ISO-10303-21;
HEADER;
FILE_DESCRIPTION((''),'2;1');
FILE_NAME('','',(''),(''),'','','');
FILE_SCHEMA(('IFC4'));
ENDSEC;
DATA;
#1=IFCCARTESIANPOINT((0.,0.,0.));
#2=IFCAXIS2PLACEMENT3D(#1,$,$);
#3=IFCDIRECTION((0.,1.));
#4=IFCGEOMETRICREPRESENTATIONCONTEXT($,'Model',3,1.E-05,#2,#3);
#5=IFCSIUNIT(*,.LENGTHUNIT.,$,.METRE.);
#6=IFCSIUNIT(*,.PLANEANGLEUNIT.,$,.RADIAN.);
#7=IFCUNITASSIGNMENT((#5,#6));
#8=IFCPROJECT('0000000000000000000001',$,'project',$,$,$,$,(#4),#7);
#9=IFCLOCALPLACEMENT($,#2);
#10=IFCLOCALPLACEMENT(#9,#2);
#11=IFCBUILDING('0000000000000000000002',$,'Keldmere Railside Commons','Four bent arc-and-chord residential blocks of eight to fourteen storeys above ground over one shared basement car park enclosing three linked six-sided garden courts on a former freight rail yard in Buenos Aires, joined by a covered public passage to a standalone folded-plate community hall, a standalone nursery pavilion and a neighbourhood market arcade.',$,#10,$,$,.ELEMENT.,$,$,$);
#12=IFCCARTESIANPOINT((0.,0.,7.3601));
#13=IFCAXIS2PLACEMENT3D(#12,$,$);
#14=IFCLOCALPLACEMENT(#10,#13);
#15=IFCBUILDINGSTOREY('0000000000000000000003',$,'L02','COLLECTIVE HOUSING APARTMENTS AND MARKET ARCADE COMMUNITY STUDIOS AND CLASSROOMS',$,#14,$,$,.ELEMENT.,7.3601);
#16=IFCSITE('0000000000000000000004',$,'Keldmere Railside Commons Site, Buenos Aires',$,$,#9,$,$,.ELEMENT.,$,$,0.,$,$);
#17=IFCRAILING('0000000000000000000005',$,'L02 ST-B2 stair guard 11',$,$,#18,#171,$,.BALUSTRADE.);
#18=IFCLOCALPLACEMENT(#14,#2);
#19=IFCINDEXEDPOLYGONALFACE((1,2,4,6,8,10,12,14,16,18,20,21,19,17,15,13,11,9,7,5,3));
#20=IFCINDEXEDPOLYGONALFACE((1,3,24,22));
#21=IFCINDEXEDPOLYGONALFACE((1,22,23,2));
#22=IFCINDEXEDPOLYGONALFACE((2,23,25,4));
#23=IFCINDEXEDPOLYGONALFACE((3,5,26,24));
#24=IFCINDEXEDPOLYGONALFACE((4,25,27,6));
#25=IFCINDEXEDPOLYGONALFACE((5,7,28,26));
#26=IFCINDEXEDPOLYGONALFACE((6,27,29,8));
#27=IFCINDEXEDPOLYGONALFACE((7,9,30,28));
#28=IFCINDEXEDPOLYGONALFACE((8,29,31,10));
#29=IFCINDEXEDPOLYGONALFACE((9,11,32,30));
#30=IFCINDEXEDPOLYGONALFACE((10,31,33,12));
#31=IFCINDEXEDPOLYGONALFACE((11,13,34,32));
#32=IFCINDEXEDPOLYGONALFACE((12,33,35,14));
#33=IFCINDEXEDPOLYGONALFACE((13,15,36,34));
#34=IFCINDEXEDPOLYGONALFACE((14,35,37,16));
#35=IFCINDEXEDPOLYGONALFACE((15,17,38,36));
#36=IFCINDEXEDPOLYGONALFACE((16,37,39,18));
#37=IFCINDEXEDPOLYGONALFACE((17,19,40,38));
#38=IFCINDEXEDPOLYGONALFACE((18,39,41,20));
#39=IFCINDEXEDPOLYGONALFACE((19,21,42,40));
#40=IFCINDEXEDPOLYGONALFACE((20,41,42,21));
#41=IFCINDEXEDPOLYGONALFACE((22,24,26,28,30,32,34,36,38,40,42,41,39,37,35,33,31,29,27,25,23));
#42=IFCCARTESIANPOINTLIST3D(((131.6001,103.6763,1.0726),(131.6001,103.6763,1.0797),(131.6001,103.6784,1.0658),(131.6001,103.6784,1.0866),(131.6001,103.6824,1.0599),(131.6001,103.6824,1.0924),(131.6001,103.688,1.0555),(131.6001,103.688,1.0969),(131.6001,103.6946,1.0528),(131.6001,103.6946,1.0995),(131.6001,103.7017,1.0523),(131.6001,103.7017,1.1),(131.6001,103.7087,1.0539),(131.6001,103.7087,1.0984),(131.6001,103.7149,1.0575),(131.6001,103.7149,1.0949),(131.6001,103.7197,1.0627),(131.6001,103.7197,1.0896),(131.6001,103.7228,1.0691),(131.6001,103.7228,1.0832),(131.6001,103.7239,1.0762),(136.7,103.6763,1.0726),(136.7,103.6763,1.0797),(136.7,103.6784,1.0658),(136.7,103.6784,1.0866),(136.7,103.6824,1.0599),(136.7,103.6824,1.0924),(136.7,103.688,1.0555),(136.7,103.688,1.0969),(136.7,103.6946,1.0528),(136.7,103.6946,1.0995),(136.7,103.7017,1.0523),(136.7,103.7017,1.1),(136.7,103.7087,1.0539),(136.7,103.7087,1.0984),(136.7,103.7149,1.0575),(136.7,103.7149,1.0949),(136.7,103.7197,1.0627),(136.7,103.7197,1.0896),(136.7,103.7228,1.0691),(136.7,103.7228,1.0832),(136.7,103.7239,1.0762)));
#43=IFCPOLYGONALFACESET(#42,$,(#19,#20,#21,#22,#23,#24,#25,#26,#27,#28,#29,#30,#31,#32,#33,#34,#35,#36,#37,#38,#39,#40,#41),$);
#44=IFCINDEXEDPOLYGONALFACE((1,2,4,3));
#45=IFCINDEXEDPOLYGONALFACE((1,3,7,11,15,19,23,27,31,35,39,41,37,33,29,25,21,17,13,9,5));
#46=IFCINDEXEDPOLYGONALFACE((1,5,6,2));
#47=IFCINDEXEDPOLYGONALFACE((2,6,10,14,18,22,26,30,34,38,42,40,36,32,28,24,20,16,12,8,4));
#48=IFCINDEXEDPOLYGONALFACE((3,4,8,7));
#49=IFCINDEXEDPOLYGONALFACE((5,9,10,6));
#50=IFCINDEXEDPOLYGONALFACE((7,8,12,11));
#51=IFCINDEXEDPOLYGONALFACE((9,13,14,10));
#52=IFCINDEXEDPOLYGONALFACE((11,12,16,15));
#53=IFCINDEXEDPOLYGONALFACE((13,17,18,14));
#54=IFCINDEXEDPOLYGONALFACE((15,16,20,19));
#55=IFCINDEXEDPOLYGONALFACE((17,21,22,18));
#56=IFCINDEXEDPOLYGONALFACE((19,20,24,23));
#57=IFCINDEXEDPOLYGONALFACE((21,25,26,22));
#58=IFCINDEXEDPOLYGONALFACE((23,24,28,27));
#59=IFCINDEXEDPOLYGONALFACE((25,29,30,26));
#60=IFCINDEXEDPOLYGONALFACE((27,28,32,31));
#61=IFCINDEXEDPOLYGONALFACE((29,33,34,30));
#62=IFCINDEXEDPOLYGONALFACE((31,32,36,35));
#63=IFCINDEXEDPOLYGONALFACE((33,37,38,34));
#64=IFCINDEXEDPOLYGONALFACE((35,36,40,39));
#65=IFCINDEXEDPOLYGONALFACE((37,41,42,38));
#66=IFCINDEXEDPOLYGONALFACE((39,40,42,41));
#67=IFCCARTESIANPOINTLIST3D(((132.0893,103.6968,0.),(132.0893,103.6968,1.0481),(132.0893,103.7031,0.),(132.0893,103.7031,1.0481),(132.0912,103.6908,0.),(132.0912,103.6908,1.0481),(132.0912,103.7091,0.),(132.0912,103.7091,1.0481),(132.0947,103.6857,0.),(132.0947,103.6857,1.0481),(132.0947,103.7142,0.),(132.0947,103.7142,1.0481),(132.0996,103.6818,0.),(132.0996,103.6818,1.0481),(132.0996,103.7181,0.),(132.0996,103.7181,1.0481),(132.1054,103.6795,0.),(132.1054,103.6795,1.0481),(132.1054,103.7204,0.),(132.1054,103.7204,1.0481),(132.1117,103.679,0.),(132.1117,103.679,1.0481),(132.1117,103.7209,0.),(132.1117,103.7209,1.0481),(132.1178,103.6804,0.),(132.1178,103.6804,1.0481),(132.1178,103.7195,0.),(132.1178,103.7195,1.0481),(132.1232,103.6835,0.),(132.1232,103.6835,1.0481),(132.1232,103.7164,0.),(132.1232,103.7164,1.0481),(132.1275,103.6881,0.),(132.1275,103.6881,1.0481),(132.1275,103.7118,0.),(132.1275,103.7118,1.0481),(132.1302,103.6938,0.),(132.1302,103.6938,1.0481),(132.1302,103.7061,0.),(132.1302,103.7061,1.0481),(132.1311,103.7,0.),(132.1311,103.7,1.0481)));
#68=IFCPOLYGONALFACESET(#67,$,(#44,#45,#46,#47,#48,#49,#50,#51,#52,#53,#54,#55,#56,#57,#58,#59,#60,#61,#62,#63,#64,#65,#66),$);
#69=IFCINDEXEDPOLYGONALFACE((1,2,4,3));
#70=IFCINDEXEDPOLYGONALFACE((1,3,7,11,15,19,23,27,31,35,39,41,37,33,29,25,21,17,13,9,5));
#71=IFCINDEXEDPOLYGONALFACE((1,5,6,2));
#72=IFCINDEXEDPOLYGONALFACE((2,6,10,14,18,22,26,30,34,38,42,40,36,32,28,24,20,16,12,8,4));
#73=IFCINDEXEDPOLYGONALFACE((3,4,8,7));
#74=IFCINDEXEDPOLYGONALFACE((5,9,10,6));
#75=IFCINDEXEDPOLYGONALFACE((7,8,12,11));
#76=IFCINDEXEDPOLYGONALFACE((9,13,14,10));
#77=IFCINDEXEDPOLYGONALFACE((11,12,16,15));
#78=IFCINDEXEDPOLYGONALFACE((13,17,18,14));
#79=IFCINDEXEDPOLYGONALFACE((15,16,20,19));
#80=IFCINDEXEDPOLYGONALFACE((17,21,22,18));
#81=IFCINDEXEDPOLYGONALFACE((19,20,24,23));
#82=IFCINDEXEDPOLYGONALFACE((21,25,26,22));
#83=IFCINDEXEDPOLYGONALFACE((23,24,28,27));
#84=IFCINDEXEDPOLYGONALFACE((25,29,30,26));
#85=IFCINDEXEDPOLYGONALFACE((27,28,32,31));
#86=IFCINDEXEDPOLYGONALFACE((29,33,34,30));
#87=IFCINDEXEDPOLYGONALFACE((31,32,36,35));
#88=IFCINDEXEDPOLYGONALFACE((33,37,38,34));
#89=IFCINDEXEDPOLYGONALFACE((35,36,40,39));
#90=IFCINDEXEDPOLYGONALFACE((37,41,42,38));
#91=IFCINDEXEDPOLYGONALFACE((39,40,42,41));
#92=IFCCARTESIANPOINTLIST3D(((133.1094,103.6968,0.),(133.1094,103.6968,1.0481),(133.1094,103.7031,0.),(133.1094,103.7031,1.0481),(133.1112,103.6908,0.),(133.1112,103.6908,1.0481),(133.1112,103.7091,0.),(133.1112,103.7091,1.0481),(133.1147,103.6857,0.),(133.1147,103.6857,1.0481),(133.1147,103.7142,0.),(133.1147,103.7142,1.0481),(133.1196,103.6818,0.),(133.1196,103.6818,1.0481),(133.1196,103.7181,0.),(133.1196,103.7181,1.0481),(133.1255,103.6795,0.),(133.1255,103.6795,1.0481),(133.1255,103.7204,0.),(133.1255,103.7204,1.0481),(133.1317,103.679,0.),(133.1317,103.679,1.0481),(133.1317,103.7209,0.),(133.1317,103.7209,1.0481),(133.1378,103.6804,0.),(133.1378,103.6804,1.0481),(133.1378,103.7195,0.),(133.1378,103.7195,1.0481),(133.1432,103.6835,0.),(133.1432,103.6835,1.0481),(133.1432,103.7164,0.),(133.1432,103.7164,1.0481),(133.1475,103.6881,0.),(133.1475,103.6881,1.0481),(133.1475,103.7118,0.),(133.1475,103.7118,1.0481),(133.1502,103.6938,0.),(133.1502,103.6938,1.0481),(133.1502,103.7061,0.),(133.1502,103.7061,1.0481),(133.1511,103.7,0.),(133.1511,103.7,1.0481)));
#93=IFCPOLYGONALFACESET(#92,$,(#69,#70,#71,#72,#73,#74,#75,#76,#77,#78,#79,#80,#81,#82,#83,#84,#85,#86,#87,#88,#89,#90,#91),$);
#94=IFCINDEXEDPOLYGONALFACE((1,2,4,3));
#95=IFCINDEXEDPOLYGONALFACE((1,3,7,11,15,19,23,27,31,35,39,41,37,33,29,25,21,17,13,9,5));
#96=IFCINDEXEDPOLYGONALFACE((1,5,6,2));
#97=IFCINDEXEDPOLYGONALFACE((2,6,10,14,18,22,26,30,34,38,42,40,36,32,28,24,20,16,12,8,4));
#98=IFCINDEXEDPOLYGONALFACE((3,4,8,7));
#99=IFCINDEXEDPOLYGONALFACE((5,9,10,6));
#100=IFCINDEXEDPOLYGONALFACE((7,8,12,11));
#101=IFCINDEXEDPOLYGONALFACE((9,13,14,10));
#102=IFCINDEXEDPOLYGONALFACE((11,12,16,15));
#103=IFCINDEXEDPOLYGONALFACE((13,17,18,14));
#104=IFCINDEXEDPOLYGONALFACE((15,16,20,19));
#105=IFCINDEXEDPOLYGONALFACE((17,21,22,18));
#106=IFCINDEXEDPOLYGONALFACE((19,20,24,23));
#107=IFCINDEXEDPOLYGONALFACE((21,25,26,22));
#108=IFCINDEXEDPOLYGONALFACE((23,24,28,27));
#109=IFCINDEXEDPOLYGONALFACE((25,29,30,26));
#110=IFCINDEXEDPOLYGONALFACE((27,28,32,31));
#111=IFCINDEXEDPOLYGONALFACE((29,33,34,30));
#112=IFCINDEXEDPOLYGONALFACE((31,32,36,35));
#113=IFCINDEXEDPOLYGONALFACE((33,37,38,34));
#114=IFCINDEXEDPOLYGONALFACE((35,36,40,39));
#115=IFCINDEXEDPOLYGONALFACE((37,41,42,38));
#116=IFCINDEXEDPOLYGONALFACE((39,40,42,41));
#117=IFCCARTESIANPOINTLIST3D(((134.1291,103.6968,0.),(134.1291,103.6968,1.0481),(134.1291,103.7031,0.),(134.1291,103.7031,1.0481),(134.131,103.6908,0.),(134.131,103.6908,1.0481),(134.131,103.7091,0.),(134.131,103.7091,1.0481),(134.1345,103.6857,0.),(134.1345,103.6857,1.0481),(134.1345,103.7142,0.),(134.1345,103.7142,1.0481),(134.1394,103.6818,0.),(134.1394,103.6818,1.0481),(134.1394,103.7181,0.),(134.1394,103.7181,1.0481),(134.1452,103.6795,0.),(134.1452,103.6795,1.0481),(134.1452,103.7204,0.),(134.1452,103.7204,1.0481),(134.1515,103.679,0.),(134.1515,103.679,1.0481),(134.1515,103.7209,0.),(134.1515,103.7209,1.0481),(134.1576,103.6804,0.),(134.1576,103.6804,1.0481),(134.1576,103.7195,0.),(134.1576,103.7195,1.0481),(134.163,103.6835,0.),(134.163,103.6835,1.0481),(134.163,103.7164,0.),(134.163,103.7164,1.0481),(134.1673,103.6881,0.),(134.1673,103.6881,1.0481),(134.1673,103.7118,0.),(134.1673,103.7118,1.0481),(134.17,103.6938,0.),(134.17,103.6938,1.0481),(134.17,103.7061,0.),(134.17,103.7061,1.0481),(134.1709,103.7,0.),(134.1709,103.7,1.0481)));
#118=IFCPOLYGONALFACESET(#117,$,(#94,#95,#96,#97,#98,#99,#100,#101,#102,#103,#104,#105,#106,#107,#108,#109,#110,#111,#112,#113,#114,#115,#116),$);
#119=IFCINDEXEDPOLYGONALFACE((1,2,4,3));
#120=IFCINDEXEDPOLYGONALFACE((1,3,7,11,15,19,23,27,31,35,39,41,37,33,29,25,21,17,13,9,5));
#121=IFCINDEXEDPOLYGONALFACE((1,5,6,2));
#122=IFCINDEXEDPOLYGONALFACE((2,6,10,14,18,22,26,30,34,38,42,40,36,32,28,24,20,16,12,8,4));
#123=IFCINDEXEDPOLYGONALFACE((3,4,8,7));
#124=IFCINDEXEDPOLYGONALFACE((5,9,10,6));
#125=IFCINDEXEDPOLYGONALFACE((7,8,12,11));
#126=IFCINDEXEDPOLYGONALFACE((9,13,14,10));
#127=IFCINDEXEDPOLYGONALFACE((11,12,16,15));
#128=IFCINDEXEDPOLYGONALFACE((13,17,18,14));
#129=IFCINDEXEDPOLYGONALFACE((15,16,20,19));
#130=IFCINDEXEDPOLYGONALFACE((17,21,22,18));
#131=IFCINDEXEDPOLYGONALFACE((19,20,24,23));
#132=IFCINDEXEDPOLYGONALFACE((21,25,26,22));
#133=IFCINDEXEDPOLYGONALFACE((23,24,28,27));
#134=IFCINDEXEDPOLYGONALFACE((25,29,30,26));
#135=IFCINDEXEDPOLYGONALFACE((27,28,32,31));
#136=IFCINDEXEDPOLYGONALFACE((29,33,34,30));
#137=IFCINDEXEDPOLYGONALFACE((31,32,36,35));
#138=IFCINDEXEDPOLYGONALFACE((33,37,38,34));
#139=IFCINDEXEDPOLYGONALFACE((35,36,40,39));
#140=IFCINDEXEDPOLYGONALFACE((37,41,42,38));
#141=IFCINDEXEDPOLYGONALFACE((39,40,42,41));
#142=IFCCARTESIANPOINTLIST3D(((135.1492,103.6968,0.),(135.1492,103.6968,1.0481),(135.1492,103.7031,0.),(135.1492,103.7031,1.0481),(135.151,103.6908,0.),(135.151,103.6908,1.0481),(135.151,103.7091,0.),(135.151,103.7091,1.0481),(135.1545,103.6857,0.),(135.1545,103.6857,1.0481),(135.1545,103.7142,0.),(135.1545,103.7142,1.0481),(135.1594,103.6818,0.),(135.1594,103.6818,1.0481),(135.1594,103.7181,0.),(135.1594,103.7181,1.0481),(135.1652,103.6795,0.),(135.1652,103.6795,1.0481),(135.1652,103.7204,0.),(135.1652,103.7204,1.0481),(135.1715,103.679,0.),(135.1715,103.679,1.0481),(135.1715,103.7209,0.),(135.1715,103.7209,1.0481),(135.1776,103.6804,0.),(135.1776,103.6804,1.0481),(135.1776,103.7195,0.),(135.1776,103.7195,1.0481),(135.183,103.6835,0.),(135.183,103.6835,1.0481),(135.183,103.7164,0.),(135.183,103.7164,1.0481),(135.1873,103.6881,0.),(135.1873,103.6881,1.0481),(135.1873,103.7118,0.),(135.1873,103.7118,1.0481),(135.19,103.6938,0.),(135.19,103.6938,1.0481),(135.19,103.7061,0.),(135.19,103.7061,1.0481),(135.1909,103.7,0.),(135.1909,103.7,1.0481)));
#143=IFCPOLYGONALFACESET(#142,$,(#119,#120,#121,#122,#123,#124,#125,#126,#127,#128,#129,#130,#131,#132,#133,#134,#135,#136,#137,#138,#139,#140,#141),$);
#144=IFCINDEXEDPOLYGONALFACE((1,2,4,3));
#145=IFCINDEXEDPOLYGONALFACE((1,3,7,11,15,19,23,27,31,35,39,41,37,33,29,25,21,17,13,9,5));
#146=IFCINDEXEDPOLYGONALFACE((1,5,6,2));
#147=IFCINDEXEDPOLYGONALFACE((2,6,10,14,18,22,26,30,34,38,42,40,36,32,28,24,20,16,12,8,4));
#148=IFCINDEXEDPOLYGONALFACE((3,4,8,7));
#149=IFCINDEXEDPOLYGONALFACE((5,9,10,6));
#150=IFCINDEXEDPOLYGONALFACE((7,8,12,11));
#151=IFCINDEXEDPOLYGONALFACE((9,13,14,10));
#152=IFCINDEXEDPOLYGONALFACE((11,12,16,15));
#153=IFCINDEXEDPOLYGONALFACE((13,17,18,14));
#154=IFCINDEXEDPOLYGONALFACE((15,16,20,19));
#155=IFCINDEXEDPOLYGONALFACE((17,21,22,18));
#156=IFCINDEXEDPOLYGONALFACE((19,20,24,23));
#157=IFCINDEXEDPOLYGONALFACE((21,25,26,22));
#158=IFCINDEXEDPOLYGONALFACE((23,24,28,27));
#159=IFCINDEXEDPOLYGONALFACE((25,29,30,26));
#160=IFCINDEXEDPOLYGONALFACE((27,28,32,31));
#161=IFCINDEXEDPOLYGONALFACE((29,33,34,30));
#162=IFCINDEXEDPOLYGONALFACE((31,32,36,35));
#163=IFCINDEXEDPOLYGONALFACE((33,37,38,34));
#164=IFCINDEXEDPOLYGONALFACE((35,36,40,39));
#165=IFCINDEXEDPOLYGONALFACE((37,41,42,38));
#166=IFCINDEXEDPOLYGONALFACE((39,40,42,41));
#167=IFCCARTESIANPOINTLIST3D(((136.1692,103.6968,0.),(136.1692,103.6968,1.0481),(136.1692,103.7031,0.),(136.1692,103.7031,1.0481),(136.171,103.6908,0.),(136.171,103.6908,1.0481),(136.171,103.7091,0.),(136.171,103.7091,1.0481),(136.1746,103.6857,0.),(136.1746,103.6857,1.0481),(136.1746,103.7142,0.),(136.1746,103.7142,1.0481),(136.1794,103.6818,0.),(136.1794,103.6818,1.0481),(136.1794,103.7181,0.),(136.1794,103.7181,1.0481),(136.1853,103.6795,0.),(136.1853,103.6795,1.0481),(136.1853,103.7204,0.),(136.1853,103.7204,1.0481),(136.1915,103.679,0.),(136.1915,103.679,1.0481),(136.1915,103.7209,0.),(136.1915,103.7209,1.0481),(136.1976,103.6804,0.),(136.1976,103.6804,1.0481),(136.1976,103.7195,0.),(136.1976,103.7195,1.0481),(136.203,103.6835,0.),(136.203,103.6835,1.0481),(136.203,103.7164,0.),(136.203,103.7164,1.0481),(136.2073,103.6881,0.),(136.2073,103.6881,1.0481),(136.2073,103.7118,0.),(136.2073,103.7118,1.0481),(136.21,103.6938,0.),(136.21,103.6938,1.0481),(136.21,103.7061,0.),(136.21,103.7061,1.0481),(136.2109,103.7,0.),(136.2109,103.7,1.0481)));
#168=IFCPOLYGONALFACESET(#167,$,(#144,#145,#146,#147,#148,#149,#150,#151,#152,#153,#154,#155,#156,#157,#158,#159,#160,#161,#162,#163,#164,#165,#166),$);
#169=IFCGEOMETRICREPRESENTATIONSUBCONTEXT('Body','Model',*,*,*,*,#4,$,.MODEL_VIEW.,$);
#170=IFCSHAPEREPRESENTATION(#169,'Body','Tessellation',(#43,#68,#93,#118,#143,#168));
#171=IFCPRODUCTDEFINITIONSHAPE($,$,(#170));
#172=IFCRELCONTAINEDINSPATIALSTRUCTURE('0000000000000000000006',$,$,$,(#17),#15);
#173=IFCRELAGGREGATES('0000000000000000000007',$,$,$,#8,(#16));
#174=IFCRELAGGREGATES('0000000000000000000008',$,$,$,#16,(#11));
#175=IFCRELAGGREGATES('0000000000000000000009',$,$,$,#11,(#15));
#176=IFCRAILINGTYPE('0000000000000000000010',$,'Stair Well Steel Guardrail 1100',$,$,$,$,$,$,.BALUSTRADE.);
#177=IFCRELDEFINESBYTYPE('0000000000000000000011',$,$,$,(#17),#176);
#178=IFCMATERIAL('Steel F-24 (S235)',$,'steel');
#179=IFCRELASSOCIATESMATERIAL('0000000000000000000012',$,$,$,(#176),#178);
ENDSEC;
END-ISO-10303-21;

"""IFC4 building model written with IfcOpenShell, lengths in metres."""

from ifc_helpers import new_model, si_unit, direction, frame, origin, origin_2d, place, context, subcontext, project, spatial, circle, extrude, material, type_object, element, save


model = new_model("IFC4")

# Units and contexts
model_context = context("Model", 3, precision=1e-05, world=origin(), true_north=direction((0.0, 1.0)))
body_context = subcontext(model_context, "Body", "Model", "MODEL_VIEW")
ifc_project = project(units=[si_unit("LENGTHUNIT", "METRE"), si_unit("PLANEANGLEUNIT", "RADIAN")], contexts=[model_context])

# Site, building, storey
site_placement = place(None, origin())
site = spatial("IfcSite", under=ifc_project, at=site_placement, Name="Keldmere Railside Commons Site, Buenos Aires", CompositionType="ELEMENT", RefElevation=0.0)
building_placement = place(site_placement, origin())
building = spatial("IfcBuilding", under=site, at=building_placement, Name="Keldmere Railside Commons", Description="Four bent arc-and-chord residential blocks of eight to fourteen storeys above ground over one shared basement car park enclosing three linked six-sided garden courts on a former freight rail yard in Buenos Aires, joined by a covered public passage to a standalone folded-plate community hall, a standalone nursery pavilion and a neighbourhood market arcade.", CompositionType="ELEMENT")
storey_placement = place(building_placement, frame((0.0, 0.0, 7.3601)))
storey = spatial("IfcBuildingStorey", under=building, at=storey_placement, Name="L02", Description="COLLECTIVE HOUSING APARTMENTS AND MARKET ARCADE COMMUNITY STUDIOS AND CLASSROOMS", CompositionType="ELEMENT", Elevation=7.3601)

# Railing
ifc_material_1 = material(Name="Steel F-24 (S235)", Category="steel")
railing_type = type_object("IfcRailingType", Name="Stair Well Steel Guardrail 1100", PredefinedType="BALUSTRADE", material=ifc_material_1)
railing_1_placement = place(storey_placement, frame((131.6001, 103.7, 0.0)))
element("IfcRailing", 1, at=railing_1_placement, inside=storey, type_object=railing_type, Name="L02 ST-B2 stair guard 11", PredefinedType="BALUSTRADE", context=body_context, shape_type="SweptSolid", body=[
    extrude(circle(Radius=0.0239, at=origin_2d()), frame((0.0, 0.0, 1.0762), z_axis=(1.0, 0.0, 0.0), x_axis=(0.0, 1.0, 0.0)), (0.0, 0.0, 1.0), 5.0999),
    extrude(circle(Radius=0.021, at=origin_2d()), frame((0.51, 0.0, 0.0)), (0.0, 0.0, 1.0), 1.0481),
    extrude(circle(Radius=0.021, at=origin_2d()), frame((1.53, 0.0, 0.0)), (0.0, 0.0, 1.0), 1.0481),
    extrude(circle(Radius=0.021, at=origin_2d()), frame((2.5498, 0.0, 0.0)), (0.0, 0.0, 1.0), 1.0481),
    extrude(circle(Radius=0.021, at=origin_2d()), frame((3.5698, 0.0, 0.0)), (0.0, 0.0, 1.0), 1.0481),
    extrude(circle(Radius=0.021, at=origin_2d()), frame((4.5898, 0.0, 0.0)), (0.0, 0.0, 1.0), 1.0481),
])

save(model, "model.ifc")
